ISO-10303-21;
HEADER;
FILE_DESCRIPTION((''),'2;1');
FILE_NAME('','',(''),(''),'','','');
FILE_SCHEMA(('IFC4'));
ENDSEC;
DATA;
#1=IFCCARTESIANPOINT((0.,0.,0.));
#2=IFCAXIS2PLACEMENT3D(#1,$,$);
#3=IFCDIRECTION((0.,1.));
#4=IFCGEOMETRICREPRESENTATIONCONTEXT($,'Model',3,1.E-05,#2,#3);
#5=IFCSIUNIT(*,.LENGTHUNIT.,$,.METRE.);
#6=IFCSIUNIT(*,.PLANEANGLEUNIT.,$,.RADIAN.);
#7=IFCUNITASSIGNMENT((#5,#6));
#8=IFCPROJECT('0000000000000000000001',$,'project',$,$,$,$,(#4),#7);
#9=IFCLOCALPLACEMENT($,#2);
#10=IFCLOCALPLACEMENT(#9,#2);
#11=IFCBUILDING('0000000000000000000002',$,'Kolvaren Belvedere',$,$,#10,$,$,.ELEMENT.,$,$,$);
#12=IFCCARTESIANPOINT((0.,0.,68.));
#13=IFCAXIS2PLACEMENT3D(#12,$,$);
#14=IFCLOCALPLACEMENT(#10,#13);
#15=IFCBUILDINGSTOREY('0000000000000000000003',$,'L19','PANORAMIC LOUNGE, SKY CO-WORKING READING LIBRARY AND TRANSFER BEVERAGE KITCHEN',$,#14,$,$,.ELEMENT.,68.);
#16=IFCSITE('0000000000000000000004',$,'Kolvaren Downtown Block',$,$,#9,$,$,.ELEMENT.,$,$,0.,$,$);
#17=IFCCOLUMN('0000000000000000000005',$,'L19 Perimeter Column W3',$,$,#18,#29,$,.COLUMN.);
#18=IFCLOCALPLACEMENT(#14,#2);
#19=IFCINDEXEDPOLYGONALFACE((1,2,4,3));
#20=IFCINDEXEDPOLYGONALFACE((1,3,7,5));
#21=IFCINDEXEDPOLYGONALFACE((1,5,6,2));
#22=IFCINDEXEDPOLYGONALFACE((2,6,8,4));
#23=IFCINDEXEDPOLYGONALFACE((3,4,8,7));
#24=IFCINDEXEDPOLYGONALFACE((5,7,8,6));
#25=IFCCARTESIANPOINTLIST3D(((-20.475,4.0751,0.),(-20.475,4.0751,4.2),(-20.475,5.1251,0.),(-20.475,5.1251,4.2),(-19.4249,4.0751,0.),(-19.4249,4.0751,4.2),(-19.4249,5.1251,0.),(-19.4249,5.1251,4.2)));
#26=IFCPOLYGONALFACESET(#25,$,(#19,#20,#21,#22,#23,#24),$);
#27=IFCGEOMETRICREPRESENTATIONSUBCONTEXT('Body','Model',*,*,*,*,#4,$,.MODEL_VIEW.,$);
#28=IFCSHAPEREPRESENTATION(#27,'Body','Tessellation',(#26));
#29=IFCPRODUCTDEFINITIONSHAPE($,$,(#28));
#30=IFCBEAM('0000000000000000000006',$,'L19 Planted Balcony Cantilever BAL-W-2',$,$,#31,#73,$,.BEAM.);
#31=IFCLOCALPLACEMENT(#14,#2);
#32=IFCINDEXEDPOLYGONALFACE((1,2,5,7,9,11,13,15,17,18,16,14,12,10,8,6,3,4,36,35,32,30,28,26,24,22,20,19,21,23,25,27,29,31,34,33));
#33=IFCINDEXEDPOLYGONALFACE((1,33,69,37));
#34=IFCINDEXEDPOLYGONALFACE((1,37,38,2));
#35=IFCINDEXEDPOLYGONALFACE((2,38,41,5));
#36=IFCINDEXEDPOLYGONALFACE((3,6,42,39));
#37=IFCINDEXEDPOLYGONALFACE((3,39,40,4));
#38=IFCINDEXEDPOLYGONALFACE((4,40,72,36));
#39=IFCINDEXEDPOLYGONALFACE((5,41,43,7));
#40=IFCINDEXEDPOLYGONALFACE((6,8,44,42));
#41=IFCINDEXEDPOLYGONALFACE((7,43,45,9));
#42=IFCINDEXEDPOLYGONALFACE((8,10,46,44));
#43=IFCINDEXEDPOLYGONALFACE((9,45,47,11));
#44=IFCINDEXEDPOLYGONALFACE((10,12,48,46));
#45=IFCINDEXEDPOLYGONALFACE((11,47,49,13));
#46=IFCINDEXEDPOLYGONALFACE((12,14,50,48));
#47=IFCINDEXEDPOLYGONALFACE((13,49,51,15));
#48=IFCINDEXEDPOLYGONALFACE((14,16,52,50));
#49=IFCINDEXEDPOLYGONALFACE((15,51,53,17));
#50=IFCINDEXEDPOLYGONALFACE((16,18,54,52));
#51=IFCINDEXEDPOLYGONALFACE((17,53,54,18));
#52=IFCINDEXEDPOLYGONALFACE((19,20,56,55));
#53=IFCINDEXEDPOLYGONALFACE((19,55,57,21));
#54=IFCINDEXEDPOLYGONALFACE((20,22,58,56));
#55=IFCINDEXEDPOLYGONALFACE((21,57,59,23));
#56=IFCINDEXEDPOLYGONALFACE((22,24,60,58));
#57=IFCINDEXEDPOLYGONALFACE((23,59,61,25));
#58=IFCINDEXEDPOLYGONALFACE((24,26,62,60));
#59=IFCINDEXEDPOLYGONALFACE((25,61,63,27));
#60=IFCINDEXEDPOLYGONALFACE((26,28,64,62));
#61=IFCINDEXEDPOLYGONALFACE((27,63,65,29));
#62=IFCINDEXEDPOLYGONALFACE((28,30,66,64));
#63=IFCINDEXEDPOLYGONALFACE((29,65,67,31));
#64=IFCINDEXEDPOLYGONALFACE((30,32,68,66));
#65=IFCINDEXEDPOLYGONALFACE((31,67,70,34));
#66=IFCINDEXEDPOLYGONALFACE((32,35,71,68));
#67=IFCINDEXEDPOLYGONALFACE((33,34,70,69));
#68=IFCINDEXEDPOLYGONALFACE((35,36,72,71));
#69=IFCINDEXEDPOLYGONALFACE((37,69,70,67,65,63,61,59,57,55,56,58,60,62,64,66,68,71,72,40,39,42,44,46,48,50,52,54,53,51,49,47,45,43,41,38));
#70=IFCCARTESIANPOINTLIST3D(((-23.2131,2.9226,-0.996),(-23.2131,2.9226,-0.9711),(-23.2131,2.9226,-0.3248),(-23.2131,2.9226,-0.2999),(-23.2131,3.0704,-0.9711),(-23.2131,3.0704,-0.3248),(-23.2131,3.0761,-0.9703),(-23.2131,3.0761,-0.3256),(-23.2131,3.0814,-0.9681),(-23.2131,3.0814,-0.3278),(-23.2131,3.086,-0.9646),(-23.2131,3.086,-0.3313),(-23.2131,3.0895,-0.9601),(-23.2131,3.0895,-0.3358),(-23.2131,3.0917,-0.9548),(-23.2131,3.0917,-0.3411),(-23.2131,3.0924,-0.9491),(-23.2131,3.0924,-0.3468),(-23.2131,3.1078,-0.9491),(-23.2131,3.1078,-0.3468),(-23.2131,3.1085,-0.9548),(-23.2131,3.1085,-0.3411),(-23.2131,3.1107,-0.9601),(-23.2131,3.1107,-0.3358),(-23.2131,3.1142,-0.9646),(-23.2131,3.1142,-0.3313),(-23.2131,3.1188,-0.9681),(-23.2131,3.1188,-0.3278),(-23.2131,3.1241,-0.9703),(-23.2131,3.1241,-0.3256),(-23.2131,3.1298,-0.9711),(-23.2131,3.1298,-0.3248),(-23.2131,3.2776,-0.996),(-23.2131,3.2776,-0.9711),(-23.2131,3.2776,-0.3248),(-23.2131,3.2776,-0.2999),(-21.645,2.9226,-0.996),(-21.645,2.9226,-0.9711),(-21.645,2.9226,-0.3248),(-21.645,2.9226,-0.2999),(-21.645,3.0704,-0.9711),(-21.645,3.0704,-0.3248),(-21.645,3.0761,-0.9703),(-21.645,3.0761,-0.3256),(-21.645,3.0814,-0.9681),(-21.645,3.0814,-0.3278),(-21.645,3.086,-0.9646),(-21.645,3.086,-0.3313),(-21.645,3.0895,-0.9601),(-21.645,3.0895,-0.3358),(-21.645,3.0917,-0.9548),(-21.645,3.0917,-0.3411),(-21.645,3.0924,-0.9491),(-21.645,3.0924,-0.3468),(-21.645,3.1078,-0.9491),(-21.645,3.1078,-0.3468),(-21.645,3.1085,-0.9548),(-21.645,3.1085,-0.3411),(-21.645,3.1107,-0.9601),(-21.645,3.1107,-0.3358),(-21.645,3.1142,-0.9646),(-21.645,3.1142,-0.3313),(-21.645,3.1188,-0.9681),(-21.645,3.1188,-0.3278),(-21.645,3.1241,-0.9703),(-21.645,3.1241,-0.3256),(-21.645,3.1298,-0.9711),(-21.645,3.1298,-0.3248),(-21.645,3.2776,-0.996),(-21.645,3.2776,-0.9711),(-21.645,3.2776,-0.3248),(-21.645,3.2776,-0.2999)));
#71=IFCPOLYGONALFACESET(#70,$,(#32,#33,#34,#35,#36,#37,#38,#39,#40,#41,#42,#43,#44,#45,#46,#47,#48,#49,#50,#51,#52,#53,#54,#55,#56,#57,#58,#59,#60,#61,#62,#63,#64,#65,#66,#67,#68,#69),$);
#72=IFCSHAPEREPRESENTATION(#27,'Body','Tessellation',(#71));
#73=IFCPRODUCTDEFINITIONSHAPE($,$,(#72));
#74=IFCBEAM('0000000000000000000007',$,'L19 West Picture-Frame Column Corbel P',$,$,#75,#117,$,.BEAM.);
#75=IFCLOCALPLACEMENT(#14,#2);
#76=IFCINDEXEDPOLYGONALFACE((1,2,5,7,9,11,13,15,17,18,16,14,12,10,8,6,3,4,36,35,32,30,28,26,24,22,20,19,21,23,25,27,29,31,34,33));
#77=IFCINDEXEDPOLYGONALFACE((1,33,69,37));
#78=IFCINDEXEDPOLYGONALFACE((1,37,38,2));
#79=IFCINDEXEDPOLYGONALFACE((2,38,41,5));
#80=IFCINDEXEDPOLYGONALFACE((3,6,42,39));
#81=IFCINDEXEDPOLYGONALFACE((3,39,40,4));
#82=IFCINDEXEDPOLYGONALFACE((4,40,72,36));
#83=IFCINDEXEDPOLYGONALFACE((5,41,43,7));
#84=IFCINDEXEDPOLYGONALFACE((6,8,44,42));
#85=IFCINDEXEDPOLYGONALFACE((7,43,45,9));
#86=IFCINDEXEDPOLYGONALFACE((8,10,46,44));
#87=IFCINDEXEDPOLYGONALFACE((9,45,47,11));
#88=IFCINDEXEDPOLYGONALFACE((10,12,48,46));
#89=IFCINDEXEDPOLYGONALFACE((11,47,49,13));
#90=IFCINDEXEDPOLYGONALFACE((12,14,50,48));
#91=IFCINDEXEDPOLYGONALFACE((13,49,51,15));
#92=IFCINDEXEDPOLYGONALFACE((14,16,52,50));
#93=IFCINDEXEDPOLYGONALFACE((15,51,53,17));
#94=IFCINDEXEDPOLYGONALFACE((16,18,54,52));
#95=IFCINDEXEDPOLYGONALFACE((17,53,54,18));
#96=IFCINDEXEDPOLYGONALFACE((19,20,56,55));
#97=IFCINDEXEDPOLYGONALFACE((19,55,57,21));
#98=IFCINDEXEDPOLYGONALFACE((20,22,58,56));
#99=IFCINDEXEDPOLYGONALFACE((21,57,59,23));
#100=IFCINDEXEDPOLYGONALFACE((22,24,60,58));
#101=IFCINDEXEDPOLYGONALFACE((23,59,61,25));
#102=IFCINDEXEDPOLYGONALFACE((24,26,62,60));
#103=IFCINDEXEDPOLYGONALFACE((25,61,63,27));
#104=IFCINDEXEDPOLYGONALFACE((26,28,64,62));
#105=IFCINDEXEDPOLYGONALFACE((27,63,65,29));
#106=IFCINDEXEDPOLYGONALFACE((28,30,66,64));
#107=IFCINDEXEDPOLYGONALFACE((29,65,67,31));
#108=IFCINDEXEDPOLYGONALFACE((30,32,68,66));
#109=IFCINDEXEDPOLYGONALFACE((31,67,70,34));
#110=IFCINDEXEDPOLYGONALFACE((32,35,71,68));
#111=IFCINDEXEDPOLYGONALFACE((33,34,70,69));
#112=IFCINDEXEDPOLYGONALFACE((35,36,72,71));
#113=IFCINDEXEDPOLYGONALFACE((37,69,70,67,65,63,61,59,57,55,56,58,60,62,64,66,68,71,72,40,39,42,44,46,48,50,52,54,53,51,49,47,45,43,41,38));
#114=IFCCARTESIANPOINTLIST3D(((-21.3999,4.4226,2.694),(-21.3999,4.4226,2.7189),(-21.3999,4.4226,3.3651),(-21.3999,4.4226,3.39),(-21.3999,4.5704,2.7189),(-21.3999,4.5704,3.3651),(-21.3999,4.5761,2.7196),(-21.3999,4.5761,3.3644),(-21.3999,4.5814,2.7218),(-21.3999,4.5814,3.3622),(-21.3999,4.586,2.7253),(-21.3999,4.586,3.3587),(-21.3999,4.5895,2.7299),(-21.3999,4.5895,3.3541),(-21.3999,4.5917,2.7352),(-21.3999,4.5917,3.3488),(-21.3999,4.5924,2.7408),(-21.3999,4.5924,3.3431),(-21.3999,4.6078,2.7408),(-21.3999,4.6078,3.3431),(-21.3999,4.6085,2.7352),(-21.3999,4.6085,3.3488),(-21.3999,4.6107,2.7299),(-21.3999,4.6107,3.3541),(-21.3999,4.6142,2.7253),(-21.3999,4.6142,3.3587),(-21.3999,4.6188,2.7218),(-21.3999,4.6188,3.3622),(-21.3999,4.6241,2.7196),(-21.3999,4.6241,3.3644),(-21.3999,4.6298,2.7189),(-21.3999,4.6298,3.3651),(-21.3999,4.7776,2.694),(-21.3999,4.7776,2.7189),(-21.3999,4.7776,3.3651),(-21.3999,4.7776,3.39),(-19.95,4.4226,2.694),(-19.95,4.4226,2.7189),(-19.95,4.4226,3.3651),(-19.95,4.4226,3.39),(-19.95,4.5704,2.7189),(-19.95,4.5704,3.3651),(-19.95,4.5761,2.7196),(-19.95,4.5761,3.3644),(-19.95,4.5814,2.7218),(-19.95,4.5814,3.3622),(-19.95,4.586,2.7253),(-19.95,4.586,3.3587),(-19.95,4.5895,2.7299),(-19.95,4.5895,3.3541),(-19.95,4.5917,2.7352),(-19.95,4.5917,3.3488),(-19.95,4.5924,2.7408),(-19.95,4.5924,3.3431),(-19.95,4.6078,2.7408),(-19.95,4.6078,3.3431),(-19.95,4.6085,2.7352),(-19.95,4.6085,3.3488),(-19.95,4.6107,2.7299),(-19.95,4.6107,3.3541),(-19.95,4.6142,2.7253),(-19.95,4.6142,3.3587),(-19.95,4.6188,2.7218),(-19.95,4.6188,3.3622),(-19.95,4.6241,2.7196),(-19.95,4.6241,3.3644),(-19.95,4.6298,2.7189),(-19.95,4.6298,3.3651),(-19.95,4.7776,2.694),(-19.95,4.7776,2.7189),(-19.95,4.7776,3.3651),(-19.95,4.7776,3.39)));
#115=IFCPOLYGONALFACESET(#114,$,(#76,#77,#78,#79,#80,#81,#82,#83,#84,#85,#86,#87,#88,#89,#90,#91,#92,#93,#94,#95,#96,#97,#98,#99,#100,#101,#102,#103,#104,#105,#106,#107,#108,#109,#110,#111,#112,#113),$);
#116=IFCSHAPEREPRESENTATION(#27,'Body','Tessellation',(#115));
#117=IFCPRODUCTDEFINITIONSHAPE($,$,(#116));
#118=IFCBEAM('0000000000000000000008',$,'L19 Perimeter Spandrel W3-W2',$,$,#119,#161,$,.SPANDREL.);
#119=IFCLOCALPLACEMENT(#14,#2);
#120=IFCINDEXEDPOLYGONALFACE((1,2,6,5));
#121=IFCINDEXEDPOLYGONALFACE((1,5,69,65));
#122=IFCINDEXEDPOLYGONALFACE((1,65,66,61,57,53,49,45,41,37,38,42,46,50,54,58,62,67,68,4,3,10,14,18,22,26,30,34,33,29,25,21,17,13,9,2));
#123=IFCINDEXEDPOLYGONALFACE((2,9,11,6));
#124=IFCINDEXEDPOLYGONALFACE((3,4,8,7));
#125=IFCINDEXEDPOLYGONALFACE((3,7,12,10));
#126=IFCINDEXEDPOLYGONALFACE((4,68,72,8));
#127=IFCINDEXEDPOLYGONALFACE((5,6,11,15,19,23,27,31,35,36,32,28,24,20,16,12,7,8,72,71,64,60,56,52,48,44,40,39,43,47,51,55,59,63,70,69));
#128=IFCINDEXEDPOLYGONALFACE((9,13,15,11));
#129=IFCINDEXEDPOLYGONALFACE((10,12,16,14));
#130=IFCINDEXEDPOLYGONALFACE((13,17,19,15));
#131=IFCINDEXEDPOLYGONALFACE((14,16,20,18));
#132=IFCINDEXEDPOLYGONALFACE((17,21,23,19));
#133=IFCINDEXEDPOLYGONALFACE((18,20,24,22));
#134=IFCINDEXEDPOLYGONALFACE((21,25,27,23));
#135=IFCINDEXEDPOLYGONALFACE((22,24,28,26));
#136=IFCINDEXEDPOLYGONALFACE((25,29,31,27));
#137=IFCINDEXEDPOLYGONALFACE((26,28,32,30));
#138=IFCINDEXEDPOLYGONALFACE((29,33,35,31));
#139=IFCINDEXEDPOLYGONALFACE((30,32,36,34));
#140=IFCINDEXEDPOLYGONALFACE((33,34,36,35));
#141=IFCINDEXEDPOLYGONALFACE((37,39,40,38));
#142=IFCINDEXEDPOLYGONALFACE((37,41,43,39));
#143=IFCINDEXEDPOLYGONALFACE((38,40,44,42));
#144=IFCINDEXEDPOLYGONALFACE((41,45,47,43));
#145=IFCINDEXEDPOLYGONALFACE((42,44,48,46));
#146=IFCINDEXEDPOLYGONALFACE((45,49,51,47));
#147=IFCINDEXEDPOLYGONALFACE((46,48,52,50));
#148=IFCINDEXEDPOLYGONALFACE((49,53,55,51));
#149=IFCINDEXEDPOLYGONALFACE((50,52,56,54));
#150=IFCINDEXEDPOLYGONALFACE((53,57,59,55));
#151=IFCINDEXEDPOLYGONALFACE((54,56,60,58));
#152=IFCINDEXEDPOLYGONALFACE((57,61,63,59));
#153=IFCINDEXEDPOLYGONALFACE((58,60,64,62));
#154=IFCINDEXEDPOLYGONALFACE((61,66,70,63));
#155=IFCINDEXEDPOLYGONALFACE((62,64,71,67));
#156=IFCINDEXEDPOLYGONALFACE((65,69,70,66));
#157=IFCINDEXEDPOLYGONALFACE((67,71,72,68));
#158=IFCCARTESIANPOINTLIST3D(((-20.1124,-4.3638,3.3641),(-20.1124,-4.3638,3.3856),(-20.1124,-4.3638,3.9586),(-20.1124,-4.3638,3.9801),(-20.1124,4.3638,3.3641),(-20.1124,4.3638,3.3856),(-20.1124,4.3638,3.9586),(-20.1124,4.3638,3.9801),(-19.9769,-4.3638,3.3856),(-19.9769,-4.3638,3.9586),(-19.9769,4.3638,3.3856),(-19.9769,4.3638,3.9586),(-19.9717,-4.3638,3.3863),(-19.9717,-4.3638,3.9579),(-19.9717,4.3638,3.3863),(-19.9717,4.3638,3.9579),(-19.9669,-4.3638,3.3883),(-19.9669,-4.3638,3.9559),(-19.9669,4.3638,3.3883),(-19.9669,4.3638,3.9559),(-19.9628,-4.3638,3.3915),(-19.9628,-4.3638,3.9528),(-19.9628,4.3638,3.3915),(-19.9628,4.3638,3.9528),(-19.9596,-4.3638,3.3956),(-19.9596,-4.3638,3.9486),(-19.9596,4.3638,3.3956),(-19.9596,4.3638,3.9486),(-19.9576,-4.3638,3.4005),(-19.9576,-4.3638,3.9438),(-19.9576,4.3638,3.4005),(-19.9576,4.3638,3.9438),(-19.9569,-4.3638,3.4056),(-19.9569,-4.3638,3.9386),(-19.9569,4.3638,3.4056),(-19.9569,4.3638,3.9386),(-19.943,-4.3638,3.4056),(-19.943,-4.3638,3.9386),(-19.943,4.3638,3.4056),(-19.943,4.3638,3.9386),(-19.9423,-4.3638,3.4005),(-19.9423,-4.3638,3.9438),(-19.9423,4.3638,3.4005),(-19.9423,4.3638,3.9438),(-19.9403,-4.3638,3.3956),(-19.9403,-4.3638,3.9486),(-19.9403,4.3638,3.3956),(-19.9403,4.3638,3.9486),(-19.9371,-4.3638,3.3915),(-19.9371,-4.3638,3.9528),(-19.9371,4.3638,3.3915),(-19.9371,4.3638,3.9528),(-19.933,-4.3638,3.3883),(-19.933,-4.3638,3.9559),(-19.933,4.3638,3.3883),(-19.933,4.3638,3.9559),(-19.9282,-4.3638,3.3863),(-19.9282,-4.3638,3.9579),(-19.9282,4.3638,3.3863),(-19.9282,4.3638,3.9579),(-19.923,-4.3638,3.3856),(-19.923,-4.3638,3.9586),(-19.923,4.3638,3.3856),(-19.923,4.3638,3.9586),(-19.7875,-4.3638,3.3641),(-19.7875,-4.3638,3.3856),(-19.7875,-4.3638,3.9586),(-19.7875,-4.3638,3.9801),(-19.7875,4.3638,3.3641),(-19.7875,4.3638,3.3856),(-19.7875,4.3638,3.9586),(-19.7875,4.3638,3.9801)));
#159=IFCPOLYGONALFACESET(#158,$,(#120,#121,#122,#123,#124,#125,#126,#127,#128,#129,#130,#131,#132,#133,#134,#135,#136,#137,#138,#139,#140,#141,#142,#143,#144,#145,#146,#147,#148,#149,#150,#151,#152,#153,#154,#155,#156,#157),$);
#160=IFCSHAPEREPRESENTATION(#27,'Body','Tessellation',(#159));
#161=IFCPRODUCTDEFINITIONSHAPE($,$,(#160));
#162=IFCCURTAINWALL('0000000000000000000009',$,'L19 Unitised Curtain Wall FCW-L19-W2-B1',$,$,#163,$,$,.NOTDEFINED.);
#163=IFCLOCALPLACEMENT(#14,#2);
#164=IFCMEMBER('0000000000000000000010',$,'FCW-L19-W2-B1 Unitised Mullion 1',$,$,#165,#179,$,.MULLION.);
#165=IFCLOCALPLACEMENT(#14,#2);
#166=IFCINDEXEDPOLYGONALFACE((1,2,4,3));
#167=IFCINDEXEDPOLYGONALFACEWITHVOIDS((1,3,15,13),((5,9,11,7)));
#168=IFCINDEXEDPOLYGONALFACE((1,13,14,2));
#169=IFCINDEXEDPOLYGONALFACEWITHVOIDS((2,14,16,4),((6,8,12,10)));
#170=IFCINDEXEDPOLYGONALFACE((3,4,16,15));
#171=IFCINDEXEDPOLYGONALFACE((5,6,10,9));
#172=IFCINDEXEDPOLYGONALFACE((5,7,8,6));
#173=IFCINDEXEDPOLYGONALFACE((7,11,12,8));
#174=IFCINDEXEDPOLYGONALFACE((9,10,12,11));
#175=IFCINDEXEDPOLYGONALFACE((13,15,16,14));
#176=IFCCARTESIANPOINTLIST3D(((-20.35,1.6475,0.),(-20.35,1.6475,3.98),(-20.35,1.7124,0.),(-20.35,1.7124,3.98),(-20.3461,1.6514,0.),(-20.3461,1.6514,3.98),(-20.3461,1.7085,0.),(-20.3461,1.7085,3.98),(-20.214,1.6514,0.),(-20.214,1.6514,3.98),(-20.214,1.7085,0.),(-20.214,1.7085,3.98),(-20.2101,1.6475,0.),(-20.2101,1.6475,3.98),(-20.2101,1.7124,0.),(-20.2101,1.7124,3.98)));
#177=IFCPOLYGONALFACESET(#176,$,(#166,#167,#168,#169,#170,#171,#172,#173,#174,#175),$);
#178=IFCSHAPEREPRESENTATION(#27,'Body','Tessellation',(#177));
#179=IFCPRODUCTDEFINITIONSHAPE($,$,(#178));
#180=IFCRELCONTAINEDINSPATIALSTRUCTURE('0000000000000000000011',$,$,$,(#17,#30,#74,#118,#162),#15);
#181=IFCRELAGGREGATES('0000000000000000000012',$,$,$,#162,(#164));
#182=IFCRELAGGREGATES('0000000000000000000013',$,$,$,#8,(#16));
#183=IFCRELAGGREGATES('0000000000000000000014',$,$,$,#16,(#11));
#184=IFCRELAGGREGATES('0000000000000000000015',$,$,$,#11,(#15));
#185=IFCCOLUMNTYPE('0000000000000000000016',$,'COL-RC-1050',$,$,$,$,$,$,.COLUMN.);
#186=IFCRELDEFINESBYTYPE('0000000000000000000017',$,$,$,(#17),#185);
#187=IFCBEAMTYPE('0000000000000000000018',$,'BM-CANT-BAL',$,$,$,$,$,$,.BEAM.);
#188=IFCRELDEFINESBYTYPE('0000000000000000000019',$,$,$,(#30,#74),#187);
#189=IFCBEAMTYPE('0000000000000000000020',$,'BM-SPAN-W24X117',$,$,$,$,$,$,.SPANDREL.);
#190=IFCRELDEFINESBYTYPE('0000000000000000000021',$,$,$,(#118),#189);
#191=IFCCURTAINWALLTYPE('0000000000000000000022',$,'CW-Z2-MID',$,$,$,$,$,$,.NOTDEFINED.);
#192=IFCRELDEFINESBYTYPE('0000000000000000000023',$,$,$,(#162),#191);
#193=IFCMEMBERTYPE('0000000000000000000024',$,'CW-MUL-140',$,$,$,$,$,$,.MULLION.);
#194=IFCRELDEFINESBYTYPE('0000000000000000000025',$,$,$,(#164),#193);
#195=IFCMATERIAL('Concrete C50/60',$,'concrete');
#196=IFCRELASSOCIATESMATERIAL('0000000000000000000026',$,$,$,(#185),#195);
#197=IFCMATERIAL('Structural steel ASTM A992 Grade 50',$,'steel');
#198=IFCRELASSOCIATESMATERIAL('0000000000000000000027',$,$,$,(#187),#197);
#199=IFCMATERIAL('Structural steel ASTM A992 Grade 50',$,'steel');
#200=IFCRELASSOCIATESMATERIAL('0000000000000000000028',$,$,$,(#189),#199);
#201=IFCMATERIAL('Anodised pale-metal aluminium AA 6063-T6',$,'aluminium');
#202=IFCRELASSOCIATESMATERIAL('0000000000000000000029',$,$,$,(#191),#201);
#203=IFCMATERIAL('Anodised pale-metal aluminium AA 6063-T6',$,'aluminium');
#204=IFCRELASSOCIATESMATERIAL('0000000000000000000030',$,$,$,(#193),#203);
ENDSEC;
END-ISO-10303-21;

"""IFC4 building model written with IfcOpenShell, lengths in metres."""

from ifc_helpers import new_model, si_unit, direction, frame, origin, origin_2d, place, context, subcontext, project, spatial, rectangle, hollow_rectangle, i_section, extrude, material, material_profile, profile_set, type_object, element, aggregate, save


model = new_model("IFC4")

# Units and contexts
model_context = context("Model", 3, precision=1e-05, world=origin(), true_north=direction((0.0, 1.0)))
body_context = subcontext(model_context, "Body", "Model", "MODEL_VIEW")
ifc_project = project(units=[si_unit("LENGTHUNIT", "METRE"), si_unit("PLANEANGLEUNIT", "RADIAN")], contexts=[model_context])

# Site, building, storey
site_placement = place(None, origin())
site = spatial("IfcSite", under=ifc_project, at=site_placement, Name="Kolvaren Downtown Block", CompositionType="ELEMENT", RefElevation=0.0)
building_placement = place(site_placement, origin())
building = spatial("IfcBuilding", under=site, at=building_placement, Name="Kolvaren Belvedere", CompositionType="ELEMENT")
storey_placement = place(building_placement, frame((0.0, 0.0, 68.0)))
storey = spatial("IfcBuildingStorey", under=building, at=storey_placement, Name="L19", Description="PANORAMIC LOUNGE, SKY CO-WORKING READING LIBRARY AND TRANSFER BEVERAGE KITCHEN", CompositionType="ELEMENT", Elevation=68.0)

# Column
ifc_material_1 = material(Name="Concrete C50/60", Category="concrete")
ifc_material_profile_1 = material_profile(ifc_material_1, rectangle(XDim=1.05, YDim=1.05, at=origin_2d()), Name="RC 1050X1050")
ifc_profile_set_1 = profile_set([ifc_material_profile_1], Name="Concrete C50/60")
column_type = type_object("IfcColumnType", Name="COL-RC-1050", PredefinedType="COLUMN", material=ifc_profile_set_1)
column_placement = place(storey_placement, frame((-19.95, 4.6001, 0.0), z_axis=(0.0, 0.0, 1.0), x_axis=(1.0, 0.0, 0.0)))
element("IfcColumn", 1, at=column_placement, inside=storey, type_object=column_type, Name="L19 Perimeter Column W3", PredefinedType="COLUMN", context=body_context, shape_type="SweptSolid", body=[
    extrude(rectangle(XDim=1.05, YDim=1.05, at=origin_2d()), origin(), (0.0, 0.0, 1.0), 4.2),
])

# Beams
ifc_material_2 = material(Name="Structural steel ASTM A992 Grade 50", Category="steel")
ifc_material_profile_2 = material_profile(ifc_material_2, i_section(OverallWidth=0.355, OverallDepth=0.696, WebThickness=0.0154, FlangeThickness=0.0249, FilletRadius=0.022, at=origin_2d()), Name="W27X146")
ifc_profile_set_2 = profile_set([ifc_material_profile_2], Name="Structural steel ASTM A992 Grade 50")
beam_type_1 = type_object("IfcBeamType", Name="BM-CANT-BAL", PredefinedType="BEAM", material=ifc_profile_set_2)
beam_1_placement = place(storey_placement, frame((-21.645, 3.1001, -0.6479), z_axis=(-1.0, 0.0, 0.0), x_axis=(0.0, -1.0, 0.0)))
element("IfcBeam", 2, at=beam_1_placement, inside=storey, type_object=beam_type_1, Name="L19 Planted Balcony Cantilever BAL-W-2", PredefinedType="BEAM", context=body_context, shape_type="SweptSolid", body=[
    extrude(i_section(OverallWidth=0.355, OverallDepth=0.696, WebThickness=0.0154, FlangeThickness=0.0249, FilletRadius=0.022, at=origin_2d()), origin(), (0.0, 0.0, 1.0), 1.5681),
])
beam_2_placement = place(storey_placement, frame((-19.95, 4.6001, 3.042), z_axis=(-1.0, 0.0, 0.0), x_axis=(0.0, -1.0, 0.0)))
element("IfcBeam", 3, at=beam_2_placement, inside=storey, type_object=beam_type_1, Name="L19 West Picture-Frame Column Corbel P", PredefinedType="BEAM", context=body_context, shape_type="SweptSolid", body=[
    extrude(i_section(OverallWidth=0.355, OverallDepth=0.696, WebThickness=0.0154, FlangeThickness=0.0249, FilletRadius=0.022, at=origin_2d()), origin(), (0.0, 0.0, 1.0), 1.45),
])
ifc_material_3 = material(Name="Structural steel ASTM A992 Grade 50", Category="steel")
ifc_material_profile_3 = material_profile(ifc_material_3, i_section(OverallWidth=0.325, OverallDepth=0.616, WebThickness=0.0139, FlangeThickness=0.0215, FilletRadius=0.02, at=origin_2d()), Name="W24X117")
ifc_profile_set_3 = profile_set([ifc_material_profile_3], Name="Structural steel ASTM A992 Grade 50")
beam_type_2 = type_object("IfcBeamType", Name="BM-SPAN-W24X117", PredefinedType="SPANDREL", material=ifc_profile_set_3)
beam_3_placement = place(storey_placement, frame((-19.95, 4.3638, 3.6721), z_axis=(0.0, -1.0, 0.0), x_axis=(1.0, 0.0, 0.0)))
element("IfcBeam", 4, at=beam_3_placement, inside=storey, type_object=beam_type_2, Name="L19 Perimeter Spandrel W3-W2", PredefinedType="SPANDREL", context=body_context, shape_type="SweptSolid", body=[
    extrude(i_section(OverallWidth=0.325, OverallDepth=0.616, WebThickness=0.0139, FlangeThickness=0.0215, FilletRadius=0.02, at=origin_2d()), origin(), (0.0, 0.0, 1.0), 8.7275),
])

# Curtain wall, member
ifc_material_4 = material(Name="Anodised pale-metal aluminium AA 6063-T6", Category="aluminium")
curtain_wall_type = type_object("IfcCurtainWallType", Name="CW-Z2-MID", PredefinedType="NOTDEFINED", material=ifc_material_4)
curtain_wall_1_placement = place(storey_placement, origin())
curtain_wall_1 = element("IfcCurtainWall", 5, at=curtain_wall_1_placement, inside=storey, type_object=curtain_wall_type, Name="L19 Unitised Curtain Wall FCW-L19-W2-B1", PredefinedType="NOTDEFINED")
ifc_material_5 = material(Name="Anodised pale-metal aluminium AA 6063-T6", Category="aluminium")
ifc_material_profile_4 = material_profile(ifc_material_5, hollow_rectangle(XDim=0.0649, YDim=0.1399, WallThickness=0.0039, at=origin_2d()), Name="ALU-MUL-140X65")
ifc_profile_set_4 = profile_set([ifc_material_profile_4], Name="Anodised pale-metal aluminium AA 6063-T6")
member_type_1 = type_object("IfcMemberType", Name="CW-MUL-140", PredefinedType="MULLION", material=ifc_profile_set_4)
member_1_placement = place(storey_placement, frame((-20.28, 1.6799, 0.0), z_axis=(0.0, 0.0, 1.0), x_axis=(0.0, 1.0, 0.0)))
member_1 = element("IfcMember", 6, at=member_1_placement, type_object=member_type_1, Name="FCW-L19-W2-B1 Unitised Mullion 1", PredefinedType="MULLION", context=body_context, shape_type="SweptSolid", body=[
    extrude(hollow_rectangle(XDim=0.0649, YDim=0.1399, WallThickness=0.0039, at=origin_2d()), origin(), (0.0, 0.0, 1.0), 3.98),
])

aggregate(curtain_wall_1, [member_1])

save(model, "model.ifc")
